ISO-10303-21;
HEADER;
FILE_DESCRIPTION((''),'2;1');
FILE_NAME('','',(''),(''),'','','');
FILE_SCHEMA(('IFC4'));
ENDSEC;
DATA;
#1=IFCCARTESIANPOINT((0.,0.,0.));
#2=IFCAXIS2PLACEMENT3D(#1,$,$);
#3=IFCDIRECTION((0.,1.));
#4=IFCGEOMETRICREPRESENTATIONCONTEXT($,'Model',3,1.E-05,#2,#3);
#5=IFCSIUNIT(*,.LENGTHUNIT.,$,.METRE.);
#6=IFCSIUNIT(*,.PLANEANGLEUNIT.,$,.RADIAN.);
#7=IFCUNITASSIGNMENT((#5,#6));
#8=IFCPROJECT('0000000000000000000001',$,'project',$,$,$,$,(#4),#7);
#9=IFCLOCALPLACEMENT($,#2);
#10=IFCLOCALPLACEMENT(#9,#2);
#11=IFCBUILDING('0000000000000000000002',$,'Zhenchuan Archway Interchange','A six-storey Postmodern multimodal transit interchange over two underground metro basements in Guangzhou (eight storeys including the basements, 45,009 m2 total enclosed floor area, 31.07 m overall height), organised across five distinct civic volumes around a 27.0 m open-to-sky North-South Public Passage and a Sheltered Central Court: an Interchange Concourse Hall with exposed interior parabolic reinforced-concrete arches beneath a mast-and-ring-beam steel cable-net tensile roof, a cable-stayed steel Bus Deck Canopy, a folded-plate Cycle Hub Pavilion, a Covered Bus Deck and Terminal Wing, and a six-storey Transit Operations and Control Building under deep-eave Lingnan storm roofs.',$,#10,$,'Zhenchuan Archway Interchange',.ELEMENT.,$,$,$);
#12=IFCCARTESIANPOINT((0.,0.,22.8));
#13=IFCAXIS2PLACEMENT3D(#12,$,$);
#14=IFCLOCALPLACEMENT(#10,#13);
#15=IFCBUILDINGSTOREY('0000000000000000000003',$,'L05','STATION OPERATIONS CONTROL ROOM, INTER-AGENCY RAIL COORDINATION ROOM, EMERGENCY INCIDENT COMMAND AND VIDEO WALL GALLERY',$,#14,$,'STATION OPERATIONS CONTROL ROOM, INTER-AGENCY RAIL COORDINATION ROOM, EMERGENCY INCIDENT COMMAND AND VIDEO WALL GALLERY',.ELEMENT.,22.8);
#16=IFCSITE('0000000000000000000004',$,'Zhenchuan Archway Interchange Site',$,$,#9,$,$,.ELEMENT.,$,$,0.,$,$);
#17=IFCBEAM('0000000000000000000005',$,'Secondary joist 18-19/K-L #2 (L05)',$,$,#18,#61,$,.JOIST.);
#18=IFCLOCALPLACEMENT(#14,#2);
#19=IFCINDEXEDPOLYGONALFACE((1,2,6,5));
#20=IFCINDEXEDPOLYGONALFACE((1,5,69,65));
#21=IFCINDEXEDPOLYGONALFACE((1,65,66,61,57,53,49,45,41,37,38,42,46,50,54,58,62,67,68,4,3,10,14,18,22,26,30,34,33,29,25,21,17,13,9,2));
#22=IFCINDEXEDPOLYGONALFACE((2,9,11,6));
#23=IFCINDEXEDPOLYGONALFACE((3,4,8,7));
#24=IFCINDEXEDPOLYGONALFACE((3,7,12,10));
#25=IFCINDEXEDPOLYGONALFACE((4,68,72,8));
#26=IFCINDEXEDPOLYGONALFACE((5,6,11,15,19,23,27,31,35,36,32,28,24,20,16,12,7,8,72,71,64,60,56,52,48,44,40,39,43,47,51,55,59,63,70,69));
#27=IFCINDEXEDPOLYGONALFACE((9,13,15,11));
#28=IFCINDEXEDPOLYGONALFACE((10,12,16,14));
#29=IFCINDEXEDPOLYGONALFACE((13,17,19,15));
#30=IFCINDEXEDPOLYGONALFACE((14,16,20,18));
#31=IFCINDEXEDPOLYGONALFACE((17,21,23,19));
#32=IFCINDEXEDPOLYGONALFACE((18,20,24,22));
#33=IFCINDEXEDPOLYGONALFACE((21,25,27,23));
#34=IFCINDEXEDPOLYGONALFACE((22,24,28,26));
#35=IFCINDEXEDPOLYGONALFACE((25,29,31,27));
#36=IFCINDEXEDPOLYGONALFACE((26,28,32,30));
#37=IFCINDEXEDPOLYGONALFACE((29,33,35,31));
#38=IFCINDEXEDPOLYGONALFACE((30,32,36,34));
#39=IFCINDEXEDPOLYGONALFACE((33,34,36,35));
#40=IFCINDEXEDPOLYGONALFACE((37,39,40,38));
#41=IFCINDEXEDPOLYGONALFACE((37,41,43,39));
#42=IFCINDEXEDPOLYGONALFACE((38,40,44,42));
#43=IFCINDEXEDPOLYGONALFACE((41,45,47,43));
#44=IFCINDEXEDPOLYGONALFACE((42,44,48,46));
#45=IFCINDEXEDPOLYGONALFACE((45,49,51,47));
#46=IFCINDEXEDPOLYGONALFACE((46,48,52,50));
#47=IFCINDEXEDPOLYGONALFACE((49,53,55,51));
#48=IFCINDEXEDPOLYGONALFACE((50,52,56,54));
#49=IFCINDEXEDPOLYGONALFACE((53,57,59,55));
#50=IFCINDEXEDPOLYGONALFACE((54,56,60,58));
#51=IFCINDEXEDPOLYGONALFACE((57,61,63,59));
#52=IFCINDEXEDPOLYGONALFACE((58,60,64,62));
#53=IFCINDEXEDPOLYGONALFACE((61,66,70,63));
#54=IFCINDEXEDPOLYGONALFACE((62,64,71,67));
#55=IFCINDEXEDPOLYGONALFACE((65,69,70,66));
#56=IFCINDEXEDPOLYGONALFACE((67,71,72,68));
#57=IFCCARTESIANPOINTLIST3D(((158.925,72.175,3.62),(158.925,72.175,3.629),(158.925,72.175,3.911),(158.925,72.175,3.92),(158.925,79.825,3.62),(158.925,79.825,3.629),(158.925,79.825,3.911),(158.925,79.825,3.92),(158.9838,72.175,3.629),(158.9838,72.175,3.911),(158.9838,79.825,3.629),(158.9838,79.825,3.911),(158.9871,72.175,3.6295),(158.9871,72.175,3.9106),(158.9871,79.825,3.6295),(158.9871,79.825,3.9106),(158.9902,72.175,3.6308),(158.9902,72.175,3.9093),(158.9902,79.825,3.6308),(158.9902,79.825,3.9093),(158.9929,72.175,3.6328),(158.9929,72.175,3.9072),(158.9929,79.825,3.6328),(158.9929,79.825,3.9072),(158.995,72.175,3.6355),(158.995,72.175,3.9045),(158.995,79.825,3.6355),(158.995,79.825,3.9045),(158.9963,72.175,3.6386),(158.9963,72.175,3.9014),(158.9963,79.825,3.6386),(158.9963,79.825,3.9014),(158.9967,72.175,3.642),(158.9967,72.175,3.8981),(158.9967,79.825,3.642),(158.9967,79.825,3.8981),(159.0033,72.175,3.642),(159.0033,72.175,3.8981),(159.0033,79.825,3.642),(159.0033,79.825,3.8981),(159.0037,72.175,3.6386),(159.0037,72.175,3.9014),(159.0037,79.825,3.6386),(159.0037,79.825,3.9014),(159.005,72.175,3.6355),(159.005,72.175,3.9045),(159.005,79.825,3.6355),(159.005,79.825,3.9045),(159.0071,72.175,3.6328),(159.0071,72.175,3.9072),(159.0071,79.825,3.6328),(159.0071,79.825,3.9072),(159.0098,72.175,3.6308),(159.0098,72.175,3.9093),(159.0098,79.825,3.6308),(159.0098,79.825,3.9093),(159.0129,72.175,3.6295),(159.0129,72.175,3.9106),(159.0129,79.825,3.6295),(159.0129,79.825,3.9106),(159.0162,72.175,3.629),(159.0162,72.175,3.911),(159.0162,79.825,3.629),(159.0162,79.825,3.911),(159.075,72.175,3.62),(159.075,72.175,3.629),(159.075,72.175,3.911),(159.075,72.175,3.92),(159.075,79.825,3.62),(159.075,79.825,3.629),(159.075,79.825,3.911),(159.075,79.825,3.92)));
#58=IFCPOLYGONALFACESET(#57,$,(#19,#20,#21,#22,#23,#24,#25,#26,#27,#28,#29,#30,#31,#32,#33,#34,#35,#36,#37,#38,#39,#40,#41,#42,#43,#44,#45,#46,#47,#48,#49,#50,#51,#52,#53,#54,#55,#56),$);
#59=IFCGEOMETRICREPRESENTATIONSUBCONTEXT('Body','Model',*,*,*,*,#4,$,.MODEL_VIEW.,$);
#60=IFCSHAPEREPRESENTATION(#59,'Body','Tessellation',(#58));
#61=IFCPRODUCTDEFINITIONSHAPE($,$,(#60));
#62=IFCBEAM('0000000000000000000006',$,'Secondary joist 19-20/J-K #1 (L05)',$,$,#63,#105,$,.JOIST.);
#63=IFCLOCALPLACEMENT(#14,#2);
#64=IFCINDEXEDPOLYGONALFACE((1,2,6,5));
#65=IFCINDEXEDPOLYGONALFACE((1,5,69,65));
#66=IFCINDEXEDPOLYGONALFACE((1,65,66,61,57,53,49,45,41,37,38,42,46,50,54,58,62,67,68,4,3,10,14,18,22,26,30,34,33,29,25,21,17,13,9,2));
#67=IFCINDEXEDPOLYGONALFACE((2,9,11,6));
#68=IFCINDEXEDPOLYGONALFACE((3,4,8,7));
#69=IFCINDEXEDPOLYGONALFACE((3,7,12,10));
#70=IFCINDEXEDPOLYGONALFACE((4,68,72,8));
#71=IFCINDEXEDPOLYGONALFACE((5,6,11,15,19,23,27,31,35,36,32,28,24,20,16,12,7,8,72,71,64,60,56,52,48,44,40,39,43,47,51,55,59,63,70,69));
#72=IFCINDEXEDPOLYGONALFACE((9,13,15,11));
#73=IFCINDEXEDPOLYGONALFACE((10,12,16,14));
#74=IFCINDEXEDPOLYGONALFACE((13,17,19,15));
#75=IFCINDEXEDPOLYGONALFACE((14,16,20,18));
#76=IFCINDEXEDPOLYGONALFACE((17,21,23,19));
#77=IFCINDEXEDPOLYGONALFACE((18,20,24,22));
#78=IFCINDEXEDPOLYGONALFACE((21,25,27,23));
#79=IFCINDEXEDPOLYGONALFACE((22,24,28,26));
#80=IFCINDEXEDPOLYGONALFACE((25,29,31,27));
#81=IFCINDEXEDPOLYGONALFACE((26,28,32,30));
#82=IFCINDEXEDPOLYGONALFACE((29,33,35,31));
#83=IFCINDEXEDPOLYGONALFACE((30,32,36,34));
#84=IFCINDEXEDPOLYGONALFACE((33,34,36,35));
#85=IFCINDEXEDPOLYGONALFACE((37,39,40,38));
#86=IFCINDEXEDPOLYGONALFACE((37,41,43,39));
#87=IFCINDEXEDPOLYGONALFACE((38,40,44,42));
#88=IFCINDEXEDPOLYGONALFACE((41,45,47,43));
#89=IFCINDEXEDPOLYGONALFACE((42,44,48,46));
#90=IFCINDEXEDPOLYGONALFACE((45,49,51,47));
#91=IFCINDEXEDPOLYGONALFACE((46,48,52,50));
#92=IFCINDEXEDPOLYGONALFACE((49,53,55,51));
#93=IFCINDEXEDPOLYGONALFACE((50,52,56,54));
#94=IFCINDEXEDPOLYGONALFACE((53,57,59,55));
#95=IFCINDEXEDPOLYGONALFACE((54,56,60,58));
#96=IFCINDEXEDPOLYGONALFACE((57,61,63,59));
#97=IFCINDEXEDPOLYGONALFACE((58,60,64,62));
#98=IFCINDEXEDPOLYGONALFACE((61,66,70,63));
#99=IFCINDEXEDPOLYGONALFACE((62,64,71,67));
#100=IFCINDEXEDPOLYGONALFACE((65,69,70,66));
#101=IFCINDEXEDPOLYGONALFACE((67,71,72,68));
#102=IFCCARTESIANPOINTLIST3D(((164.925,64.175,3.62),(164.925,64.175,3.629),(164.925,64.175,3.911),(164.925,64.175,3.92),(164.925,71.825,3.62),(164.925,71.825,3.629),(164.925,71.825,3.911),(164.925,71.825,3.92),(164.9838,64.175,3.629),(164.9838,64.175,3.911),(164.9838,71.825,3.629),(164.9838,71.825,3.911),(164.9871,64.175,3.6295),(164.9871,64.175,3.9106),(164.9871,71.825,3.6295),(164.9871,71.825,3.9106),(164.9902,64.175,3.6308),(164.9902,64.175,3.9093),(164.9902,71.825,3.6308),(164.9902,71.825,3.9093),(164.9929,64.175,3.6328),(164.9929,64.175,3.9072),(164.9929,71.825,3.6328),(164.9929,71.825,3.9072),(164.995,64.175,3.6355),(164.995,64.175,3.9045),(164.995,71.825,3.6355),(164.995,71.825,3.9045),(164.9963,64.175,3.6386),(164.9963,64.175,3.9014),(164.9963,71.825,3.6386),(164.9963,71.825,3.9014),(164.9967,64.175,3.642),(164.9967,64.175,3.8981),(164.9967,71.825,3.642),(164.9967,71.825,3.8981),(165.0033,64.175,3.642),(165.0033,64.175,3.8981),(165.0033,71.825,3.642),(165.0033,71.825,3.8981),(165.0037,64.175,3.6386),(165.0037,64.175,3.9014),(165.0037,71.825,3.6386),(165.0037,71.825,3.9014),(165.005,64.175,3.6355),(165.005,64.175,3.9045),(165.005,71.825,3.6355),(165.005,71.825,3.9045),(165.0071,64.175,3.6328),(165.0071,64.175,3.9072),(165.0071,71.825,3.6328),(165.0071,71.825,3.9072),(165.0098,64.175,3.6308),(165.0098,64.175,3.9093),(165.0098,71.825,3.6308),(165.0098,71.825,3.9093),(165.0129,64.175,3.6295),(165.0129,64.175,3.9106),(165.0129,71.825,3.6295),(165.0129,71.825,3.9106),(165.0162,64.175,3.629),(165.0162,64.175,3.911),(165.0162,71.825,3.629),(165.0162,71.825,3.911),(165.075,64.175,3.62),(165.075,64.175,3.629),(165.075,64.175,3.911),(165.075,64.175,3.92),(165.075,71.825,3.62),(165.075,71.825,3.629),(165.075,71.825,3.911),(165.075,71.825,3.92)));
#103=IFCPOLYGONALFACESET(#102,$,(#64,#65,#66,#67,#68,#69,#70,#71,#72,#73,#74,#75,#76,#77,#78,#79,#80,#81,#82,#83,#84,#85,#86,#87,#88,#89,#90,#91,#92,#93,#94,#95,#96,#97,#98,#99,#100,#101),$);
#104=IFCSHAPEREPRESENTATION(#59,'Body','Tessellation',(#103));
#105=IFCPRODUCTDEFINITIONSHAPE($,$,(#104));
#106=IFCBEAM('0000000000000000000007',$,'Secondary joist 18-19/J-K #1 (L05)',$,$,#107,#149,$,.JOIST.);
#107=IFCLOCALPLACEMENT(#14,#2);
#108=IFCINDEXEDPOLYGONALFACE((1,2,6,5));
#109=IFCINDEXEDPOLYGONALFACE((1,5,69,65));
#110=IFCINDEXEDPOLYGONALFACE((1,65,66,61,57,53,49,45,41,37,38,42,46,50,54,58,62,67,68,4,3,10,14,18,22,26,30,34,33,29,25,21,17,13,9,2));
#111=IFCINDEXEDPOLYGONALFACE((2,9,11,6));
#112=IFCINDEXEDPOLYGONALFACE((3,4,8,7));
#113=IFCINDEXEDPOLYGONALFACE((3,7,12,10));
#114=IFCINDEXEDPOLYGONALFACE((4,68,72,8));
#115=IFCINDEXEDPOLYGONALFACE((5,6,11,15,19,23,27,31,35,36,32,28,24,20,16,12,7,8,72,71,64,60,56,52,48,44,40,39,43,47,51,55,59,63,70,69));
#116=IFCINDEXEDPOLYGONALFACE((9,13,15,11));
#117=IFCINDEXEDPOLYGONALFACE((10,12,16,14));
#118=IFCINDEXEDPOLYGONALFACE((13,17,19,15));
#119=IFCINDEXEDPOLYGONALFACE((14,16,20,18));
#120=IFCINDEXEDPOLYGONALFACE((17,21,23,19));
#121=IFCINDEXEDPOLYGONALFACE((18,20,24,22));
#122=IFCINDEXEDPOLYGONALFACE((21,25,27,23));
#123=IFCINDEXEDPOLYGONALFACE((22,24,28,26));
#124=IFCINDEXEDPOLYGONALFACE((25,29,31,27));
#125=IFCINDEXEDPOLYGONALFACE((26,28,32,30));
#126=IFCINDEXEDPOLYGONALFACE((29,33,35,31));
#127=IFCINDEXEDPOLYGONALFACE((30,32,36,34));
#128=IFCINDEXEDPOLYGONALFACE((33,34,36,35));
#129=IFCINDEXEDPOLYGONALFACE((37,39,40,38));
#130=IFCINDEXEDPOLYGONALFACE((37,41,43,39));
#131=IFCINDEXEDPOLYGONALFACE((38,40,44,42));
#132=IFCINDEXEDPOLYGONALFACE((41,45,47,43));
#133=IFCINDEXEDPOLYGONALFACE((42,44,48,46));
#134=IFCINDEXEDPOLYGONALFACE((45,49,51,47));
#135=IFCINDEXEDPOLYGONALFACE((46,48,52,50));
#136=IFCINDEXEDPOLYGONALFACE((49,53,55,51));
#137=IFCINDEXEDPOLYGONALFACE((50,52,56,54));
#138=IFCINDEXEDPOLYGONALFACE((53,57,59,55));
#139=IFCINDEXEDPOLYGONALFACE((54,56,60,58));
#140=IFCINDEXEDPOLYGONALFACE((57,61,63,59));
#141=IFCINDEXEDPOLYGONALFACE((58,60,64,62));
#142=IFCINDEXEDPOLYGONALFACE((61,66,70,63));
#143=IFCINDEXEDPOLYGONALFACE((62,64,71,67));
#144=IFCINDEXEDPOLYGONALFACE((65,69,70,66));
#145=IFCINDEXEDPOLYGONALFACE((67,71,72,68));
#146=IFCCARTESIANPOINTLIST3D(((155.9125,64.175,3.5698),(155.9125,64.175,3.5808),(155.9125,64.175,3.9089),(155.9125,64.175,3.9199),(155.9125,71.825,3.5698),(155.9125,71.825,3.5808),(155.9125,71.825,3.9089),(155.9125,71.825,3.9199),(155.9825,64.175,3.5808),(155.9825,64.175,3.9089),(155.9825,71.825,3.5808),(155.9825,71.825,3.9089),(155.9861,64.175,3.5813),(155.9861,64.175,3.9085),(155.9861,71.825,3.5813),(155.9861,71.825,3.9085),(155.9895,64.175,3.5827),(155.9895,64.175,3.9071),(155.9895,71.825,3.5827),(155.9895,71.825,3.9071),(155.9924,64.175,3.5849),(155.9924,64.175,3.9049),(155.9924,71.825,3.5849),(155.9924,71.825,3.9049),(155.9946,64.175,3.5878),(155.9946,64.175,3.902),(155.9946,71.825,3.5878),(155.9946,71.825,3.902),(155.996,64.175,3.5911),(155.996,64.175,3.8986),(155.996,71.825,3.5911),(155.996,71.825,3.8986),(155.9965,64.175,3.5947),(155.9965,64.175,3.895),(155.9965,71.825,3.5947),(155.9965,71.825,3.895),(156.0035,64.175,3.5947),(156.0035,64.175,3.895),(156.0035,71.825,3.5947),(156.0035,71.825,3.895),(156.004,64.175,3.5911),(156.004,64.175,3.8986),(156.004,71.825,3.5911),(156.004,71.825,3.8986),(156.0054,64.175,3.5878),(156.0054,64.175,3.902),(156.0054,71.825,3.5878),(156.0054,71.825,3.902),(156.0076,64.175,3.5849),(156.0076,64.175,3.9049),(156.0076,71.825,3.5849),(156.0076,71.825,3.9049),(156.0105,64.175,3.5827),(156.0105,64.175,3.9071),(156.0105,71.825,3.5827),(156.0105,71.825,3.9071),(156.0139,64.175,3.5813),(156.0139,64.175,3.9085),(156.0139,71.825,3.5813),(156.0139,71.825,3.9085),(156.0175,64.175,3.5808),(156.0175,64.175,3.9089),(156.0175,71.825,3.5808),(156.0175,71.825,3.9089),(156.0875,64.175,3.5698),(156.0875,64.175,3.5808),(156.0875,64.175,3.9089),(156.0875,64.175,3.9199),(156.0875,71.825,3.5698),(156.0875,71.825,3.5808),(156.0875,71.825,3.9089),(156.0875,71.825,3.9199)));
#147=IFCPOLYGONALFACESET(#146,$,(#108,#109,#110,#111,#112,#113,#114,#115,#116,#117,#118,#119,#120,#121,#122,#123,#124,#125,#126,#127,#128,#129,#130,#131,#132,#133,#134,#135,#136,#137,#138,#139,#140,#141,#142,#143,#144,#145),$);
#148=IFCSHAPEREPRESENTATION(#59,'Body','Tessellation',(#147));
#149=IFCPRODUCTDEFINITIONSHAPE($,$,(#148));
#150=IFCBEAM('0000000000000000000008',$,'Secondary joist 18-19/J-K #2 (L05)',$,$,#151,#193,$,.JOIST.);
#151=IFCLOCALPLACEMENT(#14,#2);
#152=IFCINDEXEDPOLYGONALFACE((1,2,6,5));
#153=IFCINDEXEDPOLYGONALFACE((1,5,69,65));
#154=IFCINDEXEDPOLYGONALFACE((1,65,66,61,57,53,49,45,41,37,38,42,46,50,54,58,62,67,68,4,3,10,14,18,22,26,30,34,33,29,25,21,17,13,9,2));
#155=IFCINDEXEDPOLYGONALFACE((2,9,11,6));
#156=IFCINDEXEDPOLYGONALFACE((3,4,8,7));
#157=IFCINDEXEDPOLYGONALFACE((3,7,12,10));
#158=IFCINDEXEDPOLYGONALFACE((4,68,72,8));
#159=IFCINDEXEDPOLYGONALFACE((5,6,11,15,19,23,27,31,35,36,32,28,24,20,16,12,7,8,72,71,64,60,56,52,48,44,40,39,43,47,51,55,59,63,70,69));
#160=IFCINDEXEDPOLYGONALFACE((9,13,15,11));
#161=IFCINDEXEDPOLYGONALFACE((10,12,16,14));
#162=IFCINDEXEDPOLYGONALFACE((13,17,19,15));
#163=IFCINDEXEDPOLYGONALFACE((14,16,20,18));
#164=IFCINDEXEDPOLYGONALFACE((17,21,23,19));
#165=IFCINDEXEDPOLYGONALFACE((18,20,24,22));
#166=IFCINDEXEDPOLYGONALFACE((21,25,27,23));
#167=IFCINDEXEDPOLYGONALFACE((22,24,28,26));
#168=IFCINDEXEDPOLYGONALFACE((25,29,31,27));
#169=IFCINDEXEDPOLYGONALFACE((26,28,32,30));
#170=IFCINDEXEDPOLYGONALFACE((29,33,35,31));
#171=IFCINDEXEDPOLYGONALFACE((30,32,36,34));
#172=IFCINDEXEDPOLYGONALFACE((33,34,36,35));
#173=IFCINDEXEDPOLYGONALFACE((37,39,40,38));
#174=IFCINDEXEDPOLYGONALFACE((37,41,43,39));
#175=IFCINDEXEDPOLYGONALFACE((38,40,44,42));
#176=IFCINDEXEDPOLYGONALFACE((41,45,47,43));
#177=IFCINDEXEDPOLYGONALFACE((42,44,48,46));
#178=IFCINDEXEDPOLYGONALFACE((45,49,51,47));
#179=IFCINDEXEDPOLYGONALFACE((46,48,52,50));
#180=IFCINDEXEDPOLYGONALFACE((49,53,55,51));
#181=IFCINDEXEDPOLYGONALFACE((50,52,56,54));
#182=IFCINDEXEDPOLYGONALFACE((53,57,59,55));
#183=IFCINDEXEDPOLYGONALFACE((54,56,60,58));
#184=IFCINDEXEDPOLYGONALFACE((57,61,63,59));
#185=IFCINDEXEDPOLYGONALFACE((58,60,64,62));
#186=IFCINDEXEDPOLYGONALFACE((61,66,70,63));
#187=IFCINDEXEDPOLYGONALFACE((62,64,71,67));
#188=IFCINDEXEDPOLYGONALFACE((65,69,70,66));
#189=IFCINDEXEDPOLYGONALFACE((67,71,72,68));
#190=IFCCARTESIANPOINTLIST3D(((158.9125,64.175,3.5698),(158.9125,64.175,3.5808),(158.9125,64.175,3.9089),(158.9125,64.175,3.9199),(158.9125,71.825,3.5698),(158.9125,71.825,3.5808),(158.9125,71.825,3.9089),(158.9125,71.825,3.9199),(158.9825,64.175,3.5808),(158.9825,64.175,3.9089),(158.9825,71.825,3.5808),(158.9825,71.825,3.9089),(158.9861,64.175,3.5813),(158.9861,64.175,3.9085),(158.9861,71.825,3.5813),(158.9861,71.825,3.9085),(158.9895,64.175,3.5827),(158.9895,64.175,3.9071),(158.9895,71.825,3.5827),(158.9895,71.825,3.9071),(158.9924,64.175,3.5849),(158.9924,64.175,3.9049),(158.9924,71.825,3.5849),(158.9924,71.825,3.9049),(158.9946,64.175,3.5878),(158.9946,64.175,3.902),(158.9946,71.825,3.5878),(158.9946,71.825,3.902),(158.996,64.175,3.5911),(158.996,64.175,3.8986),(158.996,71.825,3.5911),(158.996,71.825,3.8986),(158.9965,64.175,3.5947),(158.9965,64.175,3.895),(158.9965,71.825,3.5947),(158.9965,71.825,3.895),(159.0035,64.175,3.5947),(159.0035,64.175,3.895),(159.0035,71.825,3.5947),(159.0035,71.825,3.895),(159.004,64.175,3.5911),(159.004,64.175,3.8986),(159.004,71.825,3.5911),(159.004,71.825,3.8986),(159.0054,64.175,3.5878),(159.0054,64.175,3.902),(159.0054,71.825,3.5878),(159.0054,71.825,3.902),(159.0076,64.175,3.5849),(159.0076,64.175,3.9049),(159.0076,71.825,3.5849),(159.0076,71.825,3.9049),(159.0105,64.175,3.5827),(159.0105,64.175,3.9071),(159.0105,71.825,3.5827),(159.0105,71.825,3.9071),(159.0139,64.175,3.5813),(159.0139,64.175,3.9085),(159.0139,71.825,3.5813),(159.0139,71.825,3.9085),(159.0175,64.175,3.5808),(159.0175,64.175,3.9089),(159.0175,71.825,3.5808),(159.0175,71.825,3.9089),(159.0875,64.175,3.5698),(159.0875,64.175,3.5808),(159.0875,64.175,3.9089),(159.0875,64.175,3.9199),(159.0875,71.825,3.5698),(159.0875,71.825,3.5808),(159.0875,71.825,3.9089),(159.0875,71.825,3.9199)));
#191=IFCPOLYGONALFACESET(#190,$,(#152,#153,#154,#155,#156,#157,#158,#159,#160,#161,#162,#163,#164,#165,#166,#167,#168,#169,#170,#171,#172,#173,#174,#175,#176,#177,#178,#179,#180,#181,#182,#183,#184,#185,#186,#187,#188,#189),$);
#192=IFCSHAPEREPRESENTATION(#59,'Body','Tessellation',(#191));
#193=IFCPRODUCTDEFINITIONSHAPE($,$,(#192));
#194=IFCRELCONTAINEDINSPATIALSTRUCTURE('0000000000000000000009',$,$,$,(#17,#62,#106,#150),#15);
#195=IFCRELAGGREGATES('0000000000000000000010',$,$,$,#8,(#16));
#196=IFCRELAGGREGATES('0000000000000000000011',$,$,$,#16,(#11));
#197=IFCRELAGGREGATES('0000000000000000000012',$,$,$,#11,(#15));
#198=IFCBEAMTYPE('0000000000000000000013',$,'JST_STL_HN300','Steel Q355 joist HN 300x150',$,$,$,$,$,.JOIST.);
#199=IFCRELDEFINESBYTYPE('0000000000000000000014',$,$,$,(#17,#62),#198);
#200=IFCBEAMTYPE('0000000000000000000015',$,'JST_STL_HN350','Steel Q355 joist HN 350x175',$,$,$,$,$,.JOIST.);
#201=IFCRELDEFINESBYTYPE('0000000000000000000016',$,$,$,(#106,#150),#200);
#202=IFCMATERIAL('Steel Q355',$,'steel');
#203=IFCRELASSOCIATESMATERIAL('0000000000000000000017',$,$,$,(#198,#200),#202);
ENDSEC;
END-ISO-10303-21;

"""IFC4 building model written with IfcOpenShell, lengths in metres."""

from ifc_helpers import new_model, si_unit, direction, frame, origin, origin_2d, place, context, subcontext, project, spatial, i_section, extrude, material, material_profile, profile_set, type_object, element, save


model = new_model("IFC4")

# Units and contexts
model_context = context("Model", 3, precision=1e-05, world=origin(), true_north=direction((0.0, 1.0)))
body_context = subcontext(model_context, "Body", "Model", "MODEL_VIEW")
ifc_project = project(units=[si_unit("LENGTHUNIT", "METRE"), si_unit("PLANEANGLEUNIT", "RADIAN")], contexts=[model_context])

# Site, building, storey
site_placement = place(None, origin())
site = spatial("IfcSite", under=ifc_project, at=site_placement, Name="Zhenchuan Archway Interchange Site", CompositionType="ELEMENT", RefElevation=0.0)
building_placement = place(site_placement, origin())
building = spatial("IfcBuilding", under=site, at=building_placement, Name="Zhenchuan Archway Interchange", Description="A six-storey Postmodern multimodal transit interchange over two underground metro basements in Guangzhou (eight storeys including the basements, 45,009 m2 total enclosed floor area, 31.07 m overall height), organised across five distinct civic volumes around a 27.0 m open-to-sky North-South Public Passage and a Sheltered Central Court: an Interchange Concourse Hall with exposed interior parabolic reinforced-concrete arches beneath a mast-and-ring-beam steel cable-net tensile roof, a cable-stayed steel Bus Deck Canopy, a folded-plate Cycle Hub Pavilion, a Covered Bus Deck and Terminal Wing, and a six-storey Transit Operations and Control Building under deep-eave Lingnan storm roofs.", LongName="Zhenchuan Archway Interchange", CompositionType="ELEMENT")
storey_placement = place(building_placement, frame((0.0, 0.0, 22.8)))
storey = spatial("IfcBuildingStorey", under=building, at=storey_placement, Name="L05", Description="STATION OPERATIONS CONTROL ROOM, INTER-AGENCY RAIL COORDINATION ROOM, EMERGENCY INCIDENT COMMAND AND VIDEO WALL GALLERY", LongName="STATION OPERATIONS CONTROL ROOM, INTER-AGENCY RAIL COORDINATION ROOM, EMERGENCY INCIDENT COMMAND AND VIDEO WALL GALLERY", CompositionType="ELEMENT", Elevation=22.8)

# Beams
ifc_material_1 = material(Name="Steel Q355", Category="steel")
ifc_material_profile_1 = material_profile(ifc_material_1, i_section(OverallWidth=0.1499, OverallDepth=0.3, WebThickness=0.0066, FlangeThickness=0.009, FilletRadius=0.0129, at=origin_2d()), Name="HN 300x150")
ifc_profile_set_1 = profile_set([ifc_material_profile_1], Name="Steel Q355")
beam_type_1 = type_object("IfcBeamType", Name="JST_STL_HN300", Description="Steel Q355 joist HN 300x150", PredefinedType="JOIST", material=ifc_profile_set_1)
for number, where, z_axis, x_axis, name in (
    (1, (159.0, 72.175, 3.77), (0.0, 1.0, 0.0), (-1.0, 0.0, 0.0), "Secondary joist 18-19/K-L #2 (L05)"),
    (2, (165.0, 64.175, 3.77), (0.0, 1.0, 0.0), (-1.0, 0.0, 0.0), "Secondary joist 19-20/J-K #1 (L05)"),
):
    element("IfcBeam", number, at=place(storey_placement, frame(where, z_axis=z_axis, x_axis=x_axis)), inside=storey, type_object=beam_type_1, Name=name, PredefinedType="JOIST", context=body_context, shape_type="SweptSolid", body=[
        extrude(i_section(OverallWidth=0.1499, OverallDepth=0.3, WebThickness=0.0066, FlangeThickness=0.009, FilletRadius=0.0129, at=origin_2d()), origin(), (0.0, 0.0, 1.0), 7.6499),
    ])
ifc_material_profile_2 = material_profile(ifc_material_1, i_section(OverallWidth=0.175, OverallDepth=0.3501, WebThickness=0.0071, FlangeThickness=0.011, FilletRadius=0.0139, at=origin_2d()), Name="HN 350x175")
ifc_profile_set_2 = profile_set([ifc_material_profile_2], Name="Steel Q355")
beam_type_2 = type_object("IfcBeamType", Name="JST_STL_HN350", Description="Steel Q355 joist HN 350x175", PredefinedType="JOIST", material=ifc_profile_set_2)
for number, where, z_axis, x_axis, name in (
    (3, (156.0, 64.175, 3.7449), (0.0, 1.0, 0.0), (-1.0, 0.0, 0.0), "Secondary joist 18-19/J-K #1 (L05)"),
    (4, (159.0, 64.175, 3.7449), (0.0, 1.0, 0.0), (-1.0, 0.0, 0.0), "Secondary joist 18-19/J-K #2 (L05)"),
):
    element("IfcBeam", number, at=place(storey_placement, frame(where, z_axis=z_axis, x_axis=x_axis)), inside=storey, type_object=beam_type_2, Name=name, PredefinedType="JOIST", context=body_context, shape_type="SweptSolid", body=[
        extrude(i_section(OverallWidth=0.175, OverallDepth=0.3501, WebThickness=0.0071, FlangeThickness=0.011, FilletRadius=0.0139, at=origin_2d()), origin(), (0.0, 0.0, 1.0), 7.6499),
    ])

save(model, "model.ifc")
